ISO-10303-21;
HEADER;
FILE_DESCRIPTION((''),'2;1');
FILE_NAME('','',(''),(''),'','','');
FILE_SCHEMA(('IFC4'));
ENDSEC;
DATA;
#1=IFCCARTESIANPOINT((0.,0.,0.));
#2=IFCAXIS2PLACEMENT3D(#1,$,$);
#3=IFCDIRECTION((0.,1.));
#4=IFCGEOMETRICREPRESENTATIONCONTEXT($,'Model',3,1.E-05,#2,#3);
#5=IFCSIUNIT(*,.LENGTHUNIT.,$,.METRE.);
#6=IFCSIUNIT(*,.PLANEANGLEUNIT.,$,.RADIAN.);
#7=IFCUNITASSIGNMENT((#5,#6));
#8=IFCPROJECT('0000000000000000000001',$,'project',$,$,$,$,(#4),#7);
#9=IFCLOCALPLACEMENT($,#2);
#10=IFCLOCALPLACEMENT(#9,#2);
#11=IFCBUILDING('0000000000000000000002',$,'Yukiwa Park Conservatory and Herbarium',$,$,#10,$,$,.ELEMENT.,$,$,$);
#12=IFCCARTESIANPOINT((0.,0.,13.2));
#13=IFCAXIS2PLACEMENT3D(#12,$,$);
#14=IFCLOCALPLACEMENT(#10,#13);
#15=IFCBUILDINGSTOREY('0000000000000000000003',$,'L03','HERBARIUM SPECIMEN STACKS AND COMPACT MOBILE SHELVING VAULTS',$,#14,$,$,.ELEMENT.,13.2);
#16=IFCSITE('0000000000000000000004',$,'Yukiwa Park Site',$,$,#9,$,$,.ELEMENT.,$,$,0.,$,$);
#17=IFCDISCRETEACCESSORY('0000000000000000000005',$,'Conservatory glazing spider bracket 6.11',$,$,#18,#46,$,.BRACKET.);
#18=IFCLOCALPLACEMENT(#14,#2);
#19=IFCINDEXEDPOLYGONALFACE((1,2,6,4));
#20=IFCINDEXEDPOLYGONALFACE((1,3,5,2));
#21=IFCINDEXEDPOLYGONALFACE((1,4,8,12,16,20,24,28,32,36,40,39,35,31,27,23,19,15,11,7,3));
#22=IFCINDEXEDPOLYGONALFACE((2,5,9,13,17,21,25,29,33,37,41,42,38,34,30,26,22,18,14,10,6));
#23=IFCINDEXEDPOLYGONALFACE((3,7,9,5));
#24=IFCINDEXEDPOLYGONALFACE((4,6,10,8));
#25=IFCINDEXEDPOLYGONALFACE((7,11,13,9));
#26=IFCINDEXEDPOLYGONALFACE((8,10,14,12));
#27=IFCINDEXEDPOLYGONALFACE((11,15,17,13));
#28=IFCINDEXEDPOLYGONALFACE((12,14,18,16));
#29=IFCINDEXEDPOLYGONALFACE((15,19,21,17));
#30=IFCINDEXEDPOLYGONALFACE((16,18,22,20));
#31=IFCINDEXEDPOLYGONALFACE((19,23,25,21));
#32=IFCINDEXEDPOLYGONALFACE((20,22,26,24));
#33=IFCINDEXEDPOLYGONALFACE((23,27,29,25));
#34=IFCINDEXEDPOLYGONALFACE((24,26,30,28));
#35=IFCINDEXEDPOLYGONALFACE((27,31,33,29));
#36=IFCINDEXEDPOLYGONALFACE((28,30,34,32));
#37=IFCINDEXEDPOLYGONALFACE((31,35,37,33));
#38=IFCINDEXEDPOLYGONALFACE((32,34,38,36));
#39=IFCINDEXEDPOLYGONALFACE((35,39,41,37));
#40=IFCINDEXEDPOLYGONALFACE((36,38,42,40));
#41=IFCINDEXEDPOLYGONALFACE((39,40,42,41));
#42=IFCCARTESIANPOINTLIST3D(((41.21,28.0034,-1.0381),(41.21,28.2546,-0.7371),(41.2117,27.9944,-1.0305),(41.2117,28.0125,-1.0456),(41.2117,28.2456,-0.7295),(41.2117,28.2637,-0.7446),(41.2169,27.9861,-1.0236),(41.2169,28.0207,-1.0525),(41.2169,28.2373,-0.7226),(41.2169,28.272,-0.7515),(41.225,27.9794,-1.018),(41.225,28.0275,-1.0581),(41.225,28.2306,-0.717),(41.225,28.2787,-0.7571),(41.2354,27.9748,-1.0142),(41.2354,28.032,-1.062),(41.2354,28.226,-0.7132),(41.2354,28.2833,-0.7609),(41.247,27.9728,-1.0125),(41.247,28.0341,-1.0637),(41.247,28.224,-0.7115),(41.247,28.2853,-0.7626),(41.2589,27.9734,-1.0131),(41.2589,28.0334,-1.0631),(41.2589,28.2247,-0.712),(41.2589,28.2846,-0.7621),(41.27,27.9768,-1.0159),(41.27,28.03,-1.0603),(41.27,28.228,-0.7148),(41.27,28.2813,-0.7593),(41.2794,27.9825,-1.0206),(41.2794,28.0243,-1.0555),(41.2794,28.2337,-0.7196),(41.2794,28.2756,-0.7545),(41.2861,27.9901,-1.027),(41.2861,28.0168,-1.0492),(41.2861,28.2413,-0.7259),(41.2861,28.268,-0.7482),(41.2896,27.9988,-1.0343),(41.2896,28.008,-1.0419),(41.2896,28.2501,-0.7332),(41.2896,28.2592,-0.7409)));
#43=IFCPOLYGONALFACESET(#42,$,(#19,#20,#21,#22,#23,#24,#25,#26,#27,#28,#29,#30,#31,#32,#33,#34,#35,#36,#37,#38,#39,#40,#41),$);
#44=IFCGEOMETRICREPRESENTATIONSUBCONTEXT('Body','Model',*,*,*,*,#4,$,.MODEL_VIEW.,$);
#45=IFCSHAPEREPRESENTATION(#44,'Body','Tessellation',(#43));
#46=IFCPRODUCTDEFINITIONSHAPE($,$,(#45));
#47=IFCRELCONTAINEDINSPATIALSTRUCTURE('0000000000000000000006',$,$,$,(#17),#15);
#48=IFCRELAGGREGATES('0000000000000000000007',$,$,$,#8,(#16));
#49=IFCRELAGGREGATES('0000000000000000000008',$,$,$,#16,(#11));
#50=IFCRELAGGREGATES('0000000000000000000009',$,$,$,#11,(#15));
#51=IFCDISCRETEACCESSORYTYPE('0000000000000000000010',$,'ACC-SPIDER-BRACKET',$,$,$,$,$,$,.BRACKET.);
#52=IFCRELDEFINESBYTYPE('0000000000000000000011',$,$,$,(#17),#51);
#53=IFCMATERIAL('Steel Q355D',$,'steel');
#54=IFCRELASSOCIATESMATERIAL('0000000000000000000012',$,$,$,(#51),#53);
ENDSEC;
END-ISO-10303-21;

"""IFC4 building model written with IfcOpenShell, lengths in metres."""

from ifc_helpers import new_model, si_unit, direction, frame, origin, origin_2d, place, context, subcontext, project, spatial, circle, extrude, material, type_object, element, save


model = new_model("IFC4")

# Units and contexts
model_context = context("Model", 3, precision=1e-05, world=origin(), true_north=direction((0.0, 1.0)))
body_context = subcontext(model_context, "Body", "Model", "MODEL_VIEW")
ifc_project = project(units=[si_unit("LENGTHUNIT", "METRE"), si_unit("PLANEANGLEUNIT", "RADIAN")], contexts=[model_context])

# Site, building, storey
site_placement = place(None, origin())
site = spatial("IfcSite", under=ifc_project, at=site_placement, Name="Yukiwa Park Site", CompositionType="ELEMENT", RefElevation=0.0)
building_placement = place(site_placement, origin())
building = spatial("IfcBuilding", under=site, at=building_placement, Name="Yukiwa Park Conservatory and Herbarium", CompositionType="ELEMENT")
storey_placement = place(building_placement, frame((0.0, 0.0, 13.2)))
storey = spatial("IfcBuildingStorey", under=building, at=storey_placement, Name="L03", Description="HERBARIUM SPECIMEN STACKS AND COMPACT MOBILE SHELVING VAULTS", CompositionType="ELEMENT", Elevation=13.2)

# Discrete accessory
ifc_material_1 = material(Name="Steel Q355D", Category="steel")
discrete_accessory_type = type_object("IfcDiscreteAccessoryType", Name="ACC-SPIDER-BRACKET", PredefinedType="BRACKET", material=ifc_material_1)
for number, where, z_axis, x_axis, name in (
    (1, (41.25, 28.0034, -1.0381), (0.0, 0.640735, 0.767762), (-1.0, 0.0, 0.0), "Conservatory glazing spider bracket 6.11"),
):
    element("IfcDiscreteAccessory", number, at=place(storey_placement, frame(where, z_axis=z_axis, x_axis=x_axis)), inside=storey, type_object=discrete_accessory_type, Name=name, PredefinedType="BRACKET", context=body_context, shape_type="SweptSolid", body=[
        extrude(circle(Radius=0.04, at=origin_2d()), origin(), (0.0, 0.0, 1.0), 0.3921),
    ])

save(model, "model.ifc")
